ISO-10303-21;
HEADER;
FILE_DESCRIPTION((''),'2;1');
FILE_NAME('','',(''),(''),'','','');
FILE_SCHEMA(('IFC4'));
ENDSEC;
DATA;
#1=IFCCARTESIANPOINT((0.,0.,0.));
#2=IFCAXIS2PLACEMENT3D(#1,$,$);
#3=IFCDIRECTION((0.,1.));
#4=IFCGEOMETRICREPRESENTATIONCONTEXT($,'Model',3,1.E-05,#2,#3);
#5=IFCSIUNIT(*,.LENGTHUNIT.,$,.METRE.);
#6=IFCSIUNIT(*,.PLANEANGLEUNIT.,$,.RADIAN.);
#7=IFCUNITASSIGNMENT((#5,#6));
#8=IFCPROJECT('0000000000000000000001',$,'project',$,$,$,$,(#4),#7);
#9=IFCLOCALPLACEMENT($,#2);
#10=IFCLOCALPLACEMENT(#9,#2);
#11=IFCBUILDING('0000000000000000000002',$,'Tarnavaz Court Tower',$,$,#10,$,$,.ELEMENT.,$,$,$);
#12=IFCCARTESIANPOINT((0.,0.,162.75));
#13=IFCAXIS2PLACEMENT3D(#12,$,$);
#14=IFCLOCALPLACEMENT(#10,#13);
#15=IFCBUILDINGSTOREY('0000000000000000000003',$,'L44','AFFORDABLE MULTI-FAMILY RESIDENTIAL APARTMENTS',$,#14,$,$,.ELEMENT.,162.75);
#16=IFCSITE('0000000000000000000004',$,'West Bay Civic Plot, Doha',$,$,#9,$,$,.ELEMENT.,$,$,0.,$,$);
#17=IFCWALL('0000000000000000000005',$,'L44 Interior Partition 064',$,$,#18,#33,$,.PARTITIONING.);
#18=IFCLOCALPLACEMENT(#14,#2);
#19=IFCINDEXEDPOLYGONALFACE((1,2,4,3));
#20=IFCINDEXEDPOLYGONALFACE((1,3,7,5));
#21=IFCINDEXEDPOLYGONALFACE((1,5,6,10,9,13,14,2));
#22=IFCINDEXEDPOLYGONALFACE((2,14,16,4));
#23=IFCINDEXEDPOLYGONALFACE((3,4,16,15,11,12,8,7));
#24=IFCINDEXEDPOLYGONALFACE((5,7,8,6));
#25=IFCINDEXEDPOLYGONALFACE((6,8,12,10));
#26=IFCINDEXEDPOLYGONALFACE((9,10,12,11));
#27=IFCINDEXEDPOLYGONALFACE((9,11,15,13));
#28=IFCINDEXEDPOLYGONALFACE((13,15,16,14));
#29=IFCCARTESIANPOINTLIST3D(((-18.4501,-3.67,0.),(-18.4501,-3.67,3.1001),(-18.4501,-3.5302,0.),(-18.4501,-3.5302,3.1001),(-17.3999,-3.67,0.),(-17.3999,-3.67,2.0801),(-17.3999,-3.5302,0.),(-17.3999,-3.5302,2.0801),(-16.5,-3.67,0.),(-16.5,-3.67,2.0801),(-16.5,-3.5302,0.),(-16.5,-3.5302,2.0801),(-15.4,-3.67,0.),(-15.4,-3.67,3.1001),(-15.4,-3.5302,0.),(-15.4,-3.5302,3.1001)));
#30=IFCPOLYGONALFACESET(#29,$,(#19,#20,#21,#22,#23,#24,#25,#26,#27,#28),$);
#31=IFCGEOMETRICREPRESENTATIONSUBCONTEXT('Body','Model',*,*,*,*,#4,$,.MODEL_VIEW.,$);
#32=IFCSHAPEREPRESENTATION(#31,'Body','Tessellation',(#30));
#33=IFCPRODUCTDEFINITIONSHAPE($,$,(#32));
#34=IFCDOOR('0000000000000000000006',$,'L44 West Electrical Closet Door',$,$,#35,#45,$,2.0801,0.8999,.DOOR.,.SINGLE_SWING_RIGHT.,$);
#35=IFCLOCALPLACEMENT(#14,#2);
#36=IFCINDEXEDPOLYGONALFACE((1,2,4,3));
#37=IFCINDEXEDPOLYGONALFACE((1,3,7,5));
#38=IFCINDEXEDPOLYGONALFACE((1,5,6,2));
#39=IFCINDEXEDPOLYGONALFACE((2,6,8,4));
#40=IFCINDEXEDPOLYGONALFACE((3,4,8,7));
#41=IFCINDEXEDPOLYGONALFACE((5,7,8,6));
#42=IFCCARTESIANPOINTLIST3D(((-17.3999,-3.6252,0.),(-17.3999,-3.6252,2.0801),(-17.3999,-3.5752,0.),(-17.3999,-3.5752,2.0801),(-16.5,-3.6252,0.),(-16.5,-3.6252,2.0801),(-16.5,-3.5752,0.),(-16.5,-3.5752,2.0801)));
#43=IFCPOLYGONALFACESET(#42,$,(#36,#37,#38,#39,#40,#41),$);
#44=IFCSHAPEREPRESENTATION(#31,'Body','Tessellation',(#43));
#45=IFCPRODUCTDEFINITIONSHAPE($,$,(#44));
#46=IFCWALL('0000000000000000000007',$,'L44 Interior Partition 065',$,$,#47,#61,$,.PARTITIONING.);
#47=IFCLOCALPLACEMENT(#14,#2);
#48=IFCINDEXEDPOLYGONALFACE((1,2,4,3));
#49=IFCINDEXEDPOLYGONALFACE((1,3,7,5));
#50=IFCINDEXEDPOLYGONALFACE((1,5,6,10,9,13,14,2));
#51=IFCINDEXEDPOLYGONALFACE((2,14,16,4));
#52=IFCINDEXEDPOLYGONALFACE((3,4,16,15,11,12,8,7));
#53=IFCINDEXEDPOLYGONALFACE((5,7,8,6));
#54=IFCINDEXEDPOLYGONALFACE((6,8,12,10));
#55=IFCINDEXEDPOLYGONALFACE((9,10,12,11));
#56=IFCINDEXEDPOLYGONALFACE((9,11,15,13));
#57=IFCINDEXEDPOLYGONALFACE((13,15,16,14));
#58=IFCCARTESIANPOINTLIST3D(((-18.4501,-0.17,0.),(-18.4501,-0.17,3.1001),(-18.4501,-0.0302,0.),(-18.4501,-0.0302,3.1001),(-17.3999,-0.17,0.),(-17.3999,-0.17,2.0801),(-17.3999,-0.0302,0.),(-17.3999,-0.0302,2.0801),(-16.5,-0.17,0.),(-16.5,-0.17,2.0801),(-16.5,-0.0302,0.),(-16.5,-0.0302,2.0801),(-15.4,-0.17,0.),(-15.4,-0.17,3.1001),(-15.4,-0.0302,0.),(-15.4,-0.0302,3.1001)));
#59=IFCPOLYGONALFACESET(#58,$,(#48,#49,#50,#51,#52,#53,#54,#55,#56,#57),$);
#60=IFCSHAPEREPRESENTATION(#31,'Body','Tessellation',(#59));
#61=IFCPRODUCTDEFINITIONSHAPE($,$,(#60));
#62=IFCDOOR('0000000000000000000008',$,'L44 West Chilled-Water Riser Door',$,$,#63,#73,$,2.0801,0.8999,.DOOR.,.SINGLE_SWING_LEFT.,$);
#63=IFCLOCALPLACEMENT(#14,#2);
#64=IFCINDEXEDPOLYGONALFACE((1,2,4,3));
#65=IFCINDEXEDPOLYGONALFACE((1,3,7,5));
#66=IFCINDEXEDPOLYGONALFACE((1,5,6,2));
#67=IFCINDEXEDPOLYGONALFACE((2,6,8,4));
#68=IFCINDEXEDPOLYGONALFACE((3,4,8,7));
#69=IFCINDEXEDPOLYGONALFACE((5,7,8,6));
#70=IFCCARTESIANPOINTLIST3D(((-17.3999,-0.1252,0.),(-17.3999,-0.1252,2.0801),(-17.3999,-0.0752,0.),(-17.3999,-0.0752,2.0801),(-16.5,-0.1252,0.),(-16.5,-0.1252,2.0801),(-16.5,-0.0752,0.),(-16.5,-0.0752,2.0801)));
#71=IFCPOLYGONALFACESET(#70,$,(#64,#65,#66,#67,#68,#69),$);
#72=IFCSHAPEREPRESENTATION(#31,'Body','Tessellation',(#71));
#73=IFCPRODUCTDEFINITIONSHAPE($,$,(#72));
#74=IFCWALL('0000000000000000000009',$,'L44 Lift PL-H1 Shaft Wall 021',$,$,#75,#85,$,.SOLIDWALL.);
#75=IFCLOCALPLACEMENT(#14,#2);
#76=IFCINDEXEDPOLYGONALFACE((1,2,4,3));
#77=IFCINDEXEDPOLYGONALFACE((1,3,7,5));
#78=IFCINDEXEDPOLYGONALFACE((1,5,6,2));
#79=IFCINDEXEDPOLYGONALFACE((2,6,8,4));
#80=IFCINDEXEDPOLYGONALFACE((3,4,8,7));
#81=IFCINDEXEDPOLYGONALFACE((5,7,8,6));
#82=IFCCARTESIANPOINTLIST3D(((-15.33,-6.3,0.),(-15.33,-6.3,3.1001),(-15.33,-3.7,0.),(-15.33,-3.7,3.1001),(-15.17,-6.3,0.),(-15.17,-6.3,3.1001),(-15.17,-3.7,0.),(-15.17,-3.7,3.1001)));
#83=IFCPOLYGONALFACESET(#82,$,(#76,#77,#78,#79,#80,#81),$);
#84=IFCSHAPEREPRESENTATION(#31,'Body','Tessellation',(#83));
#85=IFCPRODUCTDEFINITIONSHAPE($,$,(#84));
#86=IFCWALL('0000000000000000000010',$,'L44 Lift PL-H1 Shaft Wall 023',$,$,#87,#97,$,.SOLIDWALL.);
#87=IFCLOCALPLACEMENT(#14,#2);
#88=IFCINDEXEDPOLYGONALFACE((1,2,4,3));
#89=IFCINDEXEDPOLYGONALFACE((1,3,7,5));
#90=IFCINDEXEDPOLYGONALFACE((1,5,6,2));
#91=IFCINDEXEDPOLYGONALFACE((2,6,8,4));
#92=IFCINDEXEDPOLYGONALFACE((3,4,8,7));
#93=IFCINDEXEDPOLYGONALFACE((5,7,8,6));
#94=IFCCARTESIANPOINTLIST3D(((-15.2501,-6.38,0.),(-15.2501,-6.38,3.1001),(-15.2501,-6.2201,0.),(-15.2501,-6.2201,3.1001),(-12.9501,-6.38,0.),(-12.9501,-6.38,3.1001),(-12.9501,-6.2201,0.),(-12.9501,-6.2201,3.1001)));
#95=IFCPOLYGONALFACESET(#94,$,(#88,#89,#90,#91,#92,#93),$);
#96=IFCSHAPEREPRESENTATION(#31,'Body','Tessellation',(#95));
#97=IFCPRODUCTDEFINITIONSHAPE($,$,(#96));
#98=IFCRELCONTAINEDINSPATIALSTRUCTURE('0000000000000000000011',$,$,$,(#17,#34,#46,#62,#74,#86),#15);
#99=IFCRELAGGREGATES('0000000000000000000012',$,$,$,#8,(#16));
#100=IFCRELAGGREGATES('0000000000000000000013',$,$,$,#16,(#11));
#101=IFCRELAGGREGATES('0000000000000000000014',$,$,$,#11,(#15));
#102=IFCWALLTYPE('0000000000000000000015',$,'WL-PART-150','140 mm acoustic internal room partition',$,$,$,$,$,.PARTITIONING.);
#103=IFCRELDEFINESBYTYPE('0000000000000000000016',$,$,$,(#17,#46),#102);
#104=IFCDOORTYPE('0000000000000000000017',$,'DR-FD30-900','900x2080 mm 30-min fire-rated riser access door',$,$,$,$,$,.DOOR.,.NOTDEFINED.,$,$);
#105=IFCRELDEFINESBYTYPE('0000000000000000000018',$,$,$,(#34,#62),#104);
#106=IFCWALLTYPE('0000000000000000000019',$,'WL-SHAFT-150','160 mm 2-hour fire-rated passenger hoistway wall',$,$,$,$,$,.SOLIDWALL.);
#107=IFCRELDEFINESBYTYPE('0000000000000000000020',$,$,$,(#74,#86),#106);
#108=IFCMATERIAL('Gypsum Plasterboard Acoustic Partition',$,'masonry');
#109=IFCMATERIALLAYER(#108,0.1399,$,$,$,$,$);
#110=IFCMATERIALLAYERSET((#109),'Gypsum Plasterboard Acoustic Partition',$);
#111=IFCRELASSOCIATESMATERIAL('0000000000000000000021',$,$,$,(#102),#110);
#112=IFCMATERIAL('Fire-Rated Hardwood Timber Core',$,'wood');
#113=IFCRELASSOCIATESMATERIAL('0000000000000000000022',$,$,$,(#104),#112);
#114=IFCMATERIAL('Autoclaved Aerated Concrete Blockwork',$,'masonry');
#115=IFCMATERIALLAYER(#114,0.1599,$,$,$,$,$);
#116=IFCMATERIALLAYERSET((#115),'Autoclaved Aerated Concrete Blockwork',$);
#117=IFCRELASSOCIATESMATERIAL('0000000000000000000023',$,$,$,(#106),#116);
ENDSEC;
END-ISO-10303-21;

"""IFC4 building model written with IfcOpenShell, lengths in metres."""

from ifc_helpers import new_model, si_unit, direction, frame, frame_2d, origin, place, context, subcontext, project, spatial, rectangle, extrude, material, layer, layer_set, type_object, element, fill, save


model = new_model("IFC4")

# Units and contexts
model_context = context("Model", 3, precision=1e-05, world=origin(), true_north=direction((0.0, 1.0)))
body_context = subcontext(model_context, "Body", "Model", "MODEL_VIEW")
ifc_project = project(units=[si_unit("LENGTHUNIT", "METRE"), si_unit("PLANEANGLEUNIT", "RADIAN")], contexts=[model_context])

# Site, building, storey
site_placement = place(None, origin())
site = spatial("IfcSite", under=ifc_project, at=site_placement, Name="West Bay Civic Plot, Doha", CompositionType="ELEMENT", RefElevation=0.0)
building_placement = place(site_placement, origin())
building = spatial("IfcBuilding", under=site, at=building_placement, Name="Tarnavaz Court Tower", CompositionType="ELEMENT")
storey_placement = place(building_placement, frame((0.0, 0.0, 162.75)))
storey = spatial("IfcBuildingStorey", under=building, at=storey_placement, Name="L44", Description="AFFORDABLE MULTI-FAMILY RESIDENTIAL APARTMENTS", CompositionType="ELEMENT", Elevation=162.75)

# Walls, openings, doors
ifc_material_1 = material(Name="Fire-Rated Hardwood Timber Core", Category="wood")
ifc_material_2 = material(Name="Gypsum Plasterboard Acoustic Partition", Category="masonry")
ifc_layer_1 = layer(ifc_material_2, 0.1399)
ifc_layer_set_1 = layer_set([ifc_layer_1], Name="Gypsum Plasterboard Acoustic Partition")
wall_type_1 = type_object("IfcWallType", Name="WL-PART-150", Description="140 mm acoustic internal room partition", PredefinedType="PARTITIONING", material=ifc_layer_set_1)
door_type_1 = type_object("IfcDoorType", Name="DR-FD30-900", Description="900x2080 mm 30-min fire-rated riser access door", OperationType="NOTDEFINED", PredefinedType="DOOR", material=ifc_material_1)
wall_1_placement = place(storey_placement, frame((-18.45, -3.6001, 0.0), z_axis=(0.0, 0.0, 1.0), x_axis=(1.0, 0.0, 0.0)))
wall_1 = element("IfcWall", 1, at=wall_1_placement, inside=storey, type_object=wall_type_1, Name="L44 Interior Partition 064", PredefinedType="PARTITIONING", context=body_context, shape_type="SweptSolid", body=[
    extrude(rectangle(XDim=3.05, YDim=0.1399, at=frame_2d((1.5249, 0.0))), origin(), (0.0, 0.0, 1.0), 3.1001),
])
opening_1_placement = place(wall_1_placement, frame((1.05, 0.0, 0.0)))
opening_1 = element("IfcOpeningElement", 2, at=opening_1_placement, cuts=wall_1, PredefinedType="OPENING", context=body_context, shape_type="SweptSolid", body=[
    extrude(rectangle(XDim=0.8999, YDim=2.0801, at=frame_2d((0.45, 1.04))), frame((0.0, 0.0798, 0.0), z_axis=(0.0, -1.0, 0.0), x_axis=(1.0, 0.0, 0.0)), (0.0, 0.0, 1.0), 0.1599),
])
door_1_placement = place(opening_1_placement, origin())
door_1 = element("IfcDoor", 3, at=door_1_placement, inside=storey, type_object=door_type_1, Name="L44 West Electrical Closet Door", OperationType="SINGLE_SWING_RIGHT", OverallHeight=2.0801, OverallWidth=0.8999, PredefinedType="DOOR", context=body_context, shape_type="SweptSolid", body=[
    extrude(rectangle(XDim=0.8999, YDim=2.0801, at=frame_2d((0.45, 1.04))), frame((0.0, 0.0249, 0.0), z_axis=(0.0, -1.0, 0.0), x_axis=(1.0, 0.0, 0.0)), (0.0, 0.0, 1.0), 0.05),
])
fill(opening_1, door_1)
wall_2_placement = place(storey_placement, frame((-18.45, -0.1001, 0.0), z_axis=(0.0, 0.0, 1.0), x_axis=(1.0, 0.0, 0.0)))
wall_2 = element("IfcWall", 4, at=wall_2_placement, inside=storey, type_object=wall_type_1, Name="L44 Interior Partition 065", PredefinedType="PARTITIONING", context=body_context, shape_type="SweptSolid", body=[
    extrude(rectangle(XDim=3.05, YDim=0.1399, at=frame_2d((1.5249, 0.0))), origin(), (0.0, 0.0, 1.0), 3.1001),
])
opening_2_placement = place(wall_2_placement, frame((1.05, 0.0, 0.0)))
opening_2 = element("IfcOpeningElement", 5, at=opening_2_placement, cuts=wall_2, PredefinedType="OPENING", context=body_context, shape_type="SweptSolid", body=[
    extrude(rectangle(XDim=0.8999, YDim=2.0801, at=frame_2d((0.45, 1.04))), frame((0.0, 0.0798, 0.0), z_axis=(0.0, -1.0, 0.0), x_axis=(1.0, 0.0, 0.0)), (0.0, 0.0, 1.0), 0.1599),
])
door_2_placement = place(opening_2_placement, origin())
door_2 = element("IfcDoor", 6, at=door_2_placement, inside=storey, type_object=door_type_1, Name="L44 West Chilled-Water Riser Door", OperationType="SINGLE_SWING_LEFT", OverallHeight=2.0801, OverallWidth=0.8999, PredefinedType="DOOR", context=body_context, shape_type="SweptSolid", body=[
    extrude(rectangle(XDim=0.8999, YDim=2.0801, at=frame_2d((0.45, 1.04))), frame((0.0, 0.0249, 0.0), z_axis=(0.0, -1.0, 0.0), x_axis=(1.0, 0.0, 0.0)), (0.0, 0.0, 1.0), 0.05),
])
fill(opening_2, door_2)

# Walls
ifc_material_3 = material(Name="Autoclaved Aerated Concrete Blockwork", Category="masonry")
ifc_layer_2 = layer(ifc_material_3, 0.1599)
ifc_layer_set_2 = layer_set([ifc_layer_2], Name="Autoclaved Aerated Concrete Blockwork")
wall_type_2 = type_object("IfcWallType", Name="WL-SHAFT-150", Description="160 mm 2-hour fire-rated passenger hoistway wall", PredefinedType="SOLIDWALL", material=ifc_layer_set_2)
wall_3_placement = place(storey_placement, frame((-15.25, -6.3, 0.0), z_axis=(0.0, 0.0, 1.0), x_axis=(0.0, 1.0, 0.0)))
element("IfcWall", 7, at=wall_3_placement, inside=storey, type_object=wall_type_2, Name="L44 Lift PL-H1 Shaft Wall 021", PredefinedType="SOLIDWALL", context=body_context, shape_type="SweptSolid", body=[
    extrude(rectangle(XDim=2.6001, YDim=0.1599, at=frame_2d((1.3, 0.0))), origin(), (0.0, 0.0, 1.0), 3.1001),
])
wall_4_placement = place(storey_placement, frame((-15.25, -6.3, 0.0), z_axis=(0.0, 0.0, 1.0), x_axis=(1.0, 0.0, 0.0)))
element("IfcWall", 8, at=wall_4_placement, inside=storey, type_object=wall_type_2, Name="L44 Lift PL-H1 Shaft Wall 023", PredefinedType="SOLIDWALL", context=body_context, shape_type="SweptSolid", body=[
    extrude(rectangle(XDim=2.3, YDim=0.1599, at=frame_2d((1.1499, 0.0))), origin(), (0.0, 0.0, 1.0), 3.1001),
])

save(model, "model.ifc")
